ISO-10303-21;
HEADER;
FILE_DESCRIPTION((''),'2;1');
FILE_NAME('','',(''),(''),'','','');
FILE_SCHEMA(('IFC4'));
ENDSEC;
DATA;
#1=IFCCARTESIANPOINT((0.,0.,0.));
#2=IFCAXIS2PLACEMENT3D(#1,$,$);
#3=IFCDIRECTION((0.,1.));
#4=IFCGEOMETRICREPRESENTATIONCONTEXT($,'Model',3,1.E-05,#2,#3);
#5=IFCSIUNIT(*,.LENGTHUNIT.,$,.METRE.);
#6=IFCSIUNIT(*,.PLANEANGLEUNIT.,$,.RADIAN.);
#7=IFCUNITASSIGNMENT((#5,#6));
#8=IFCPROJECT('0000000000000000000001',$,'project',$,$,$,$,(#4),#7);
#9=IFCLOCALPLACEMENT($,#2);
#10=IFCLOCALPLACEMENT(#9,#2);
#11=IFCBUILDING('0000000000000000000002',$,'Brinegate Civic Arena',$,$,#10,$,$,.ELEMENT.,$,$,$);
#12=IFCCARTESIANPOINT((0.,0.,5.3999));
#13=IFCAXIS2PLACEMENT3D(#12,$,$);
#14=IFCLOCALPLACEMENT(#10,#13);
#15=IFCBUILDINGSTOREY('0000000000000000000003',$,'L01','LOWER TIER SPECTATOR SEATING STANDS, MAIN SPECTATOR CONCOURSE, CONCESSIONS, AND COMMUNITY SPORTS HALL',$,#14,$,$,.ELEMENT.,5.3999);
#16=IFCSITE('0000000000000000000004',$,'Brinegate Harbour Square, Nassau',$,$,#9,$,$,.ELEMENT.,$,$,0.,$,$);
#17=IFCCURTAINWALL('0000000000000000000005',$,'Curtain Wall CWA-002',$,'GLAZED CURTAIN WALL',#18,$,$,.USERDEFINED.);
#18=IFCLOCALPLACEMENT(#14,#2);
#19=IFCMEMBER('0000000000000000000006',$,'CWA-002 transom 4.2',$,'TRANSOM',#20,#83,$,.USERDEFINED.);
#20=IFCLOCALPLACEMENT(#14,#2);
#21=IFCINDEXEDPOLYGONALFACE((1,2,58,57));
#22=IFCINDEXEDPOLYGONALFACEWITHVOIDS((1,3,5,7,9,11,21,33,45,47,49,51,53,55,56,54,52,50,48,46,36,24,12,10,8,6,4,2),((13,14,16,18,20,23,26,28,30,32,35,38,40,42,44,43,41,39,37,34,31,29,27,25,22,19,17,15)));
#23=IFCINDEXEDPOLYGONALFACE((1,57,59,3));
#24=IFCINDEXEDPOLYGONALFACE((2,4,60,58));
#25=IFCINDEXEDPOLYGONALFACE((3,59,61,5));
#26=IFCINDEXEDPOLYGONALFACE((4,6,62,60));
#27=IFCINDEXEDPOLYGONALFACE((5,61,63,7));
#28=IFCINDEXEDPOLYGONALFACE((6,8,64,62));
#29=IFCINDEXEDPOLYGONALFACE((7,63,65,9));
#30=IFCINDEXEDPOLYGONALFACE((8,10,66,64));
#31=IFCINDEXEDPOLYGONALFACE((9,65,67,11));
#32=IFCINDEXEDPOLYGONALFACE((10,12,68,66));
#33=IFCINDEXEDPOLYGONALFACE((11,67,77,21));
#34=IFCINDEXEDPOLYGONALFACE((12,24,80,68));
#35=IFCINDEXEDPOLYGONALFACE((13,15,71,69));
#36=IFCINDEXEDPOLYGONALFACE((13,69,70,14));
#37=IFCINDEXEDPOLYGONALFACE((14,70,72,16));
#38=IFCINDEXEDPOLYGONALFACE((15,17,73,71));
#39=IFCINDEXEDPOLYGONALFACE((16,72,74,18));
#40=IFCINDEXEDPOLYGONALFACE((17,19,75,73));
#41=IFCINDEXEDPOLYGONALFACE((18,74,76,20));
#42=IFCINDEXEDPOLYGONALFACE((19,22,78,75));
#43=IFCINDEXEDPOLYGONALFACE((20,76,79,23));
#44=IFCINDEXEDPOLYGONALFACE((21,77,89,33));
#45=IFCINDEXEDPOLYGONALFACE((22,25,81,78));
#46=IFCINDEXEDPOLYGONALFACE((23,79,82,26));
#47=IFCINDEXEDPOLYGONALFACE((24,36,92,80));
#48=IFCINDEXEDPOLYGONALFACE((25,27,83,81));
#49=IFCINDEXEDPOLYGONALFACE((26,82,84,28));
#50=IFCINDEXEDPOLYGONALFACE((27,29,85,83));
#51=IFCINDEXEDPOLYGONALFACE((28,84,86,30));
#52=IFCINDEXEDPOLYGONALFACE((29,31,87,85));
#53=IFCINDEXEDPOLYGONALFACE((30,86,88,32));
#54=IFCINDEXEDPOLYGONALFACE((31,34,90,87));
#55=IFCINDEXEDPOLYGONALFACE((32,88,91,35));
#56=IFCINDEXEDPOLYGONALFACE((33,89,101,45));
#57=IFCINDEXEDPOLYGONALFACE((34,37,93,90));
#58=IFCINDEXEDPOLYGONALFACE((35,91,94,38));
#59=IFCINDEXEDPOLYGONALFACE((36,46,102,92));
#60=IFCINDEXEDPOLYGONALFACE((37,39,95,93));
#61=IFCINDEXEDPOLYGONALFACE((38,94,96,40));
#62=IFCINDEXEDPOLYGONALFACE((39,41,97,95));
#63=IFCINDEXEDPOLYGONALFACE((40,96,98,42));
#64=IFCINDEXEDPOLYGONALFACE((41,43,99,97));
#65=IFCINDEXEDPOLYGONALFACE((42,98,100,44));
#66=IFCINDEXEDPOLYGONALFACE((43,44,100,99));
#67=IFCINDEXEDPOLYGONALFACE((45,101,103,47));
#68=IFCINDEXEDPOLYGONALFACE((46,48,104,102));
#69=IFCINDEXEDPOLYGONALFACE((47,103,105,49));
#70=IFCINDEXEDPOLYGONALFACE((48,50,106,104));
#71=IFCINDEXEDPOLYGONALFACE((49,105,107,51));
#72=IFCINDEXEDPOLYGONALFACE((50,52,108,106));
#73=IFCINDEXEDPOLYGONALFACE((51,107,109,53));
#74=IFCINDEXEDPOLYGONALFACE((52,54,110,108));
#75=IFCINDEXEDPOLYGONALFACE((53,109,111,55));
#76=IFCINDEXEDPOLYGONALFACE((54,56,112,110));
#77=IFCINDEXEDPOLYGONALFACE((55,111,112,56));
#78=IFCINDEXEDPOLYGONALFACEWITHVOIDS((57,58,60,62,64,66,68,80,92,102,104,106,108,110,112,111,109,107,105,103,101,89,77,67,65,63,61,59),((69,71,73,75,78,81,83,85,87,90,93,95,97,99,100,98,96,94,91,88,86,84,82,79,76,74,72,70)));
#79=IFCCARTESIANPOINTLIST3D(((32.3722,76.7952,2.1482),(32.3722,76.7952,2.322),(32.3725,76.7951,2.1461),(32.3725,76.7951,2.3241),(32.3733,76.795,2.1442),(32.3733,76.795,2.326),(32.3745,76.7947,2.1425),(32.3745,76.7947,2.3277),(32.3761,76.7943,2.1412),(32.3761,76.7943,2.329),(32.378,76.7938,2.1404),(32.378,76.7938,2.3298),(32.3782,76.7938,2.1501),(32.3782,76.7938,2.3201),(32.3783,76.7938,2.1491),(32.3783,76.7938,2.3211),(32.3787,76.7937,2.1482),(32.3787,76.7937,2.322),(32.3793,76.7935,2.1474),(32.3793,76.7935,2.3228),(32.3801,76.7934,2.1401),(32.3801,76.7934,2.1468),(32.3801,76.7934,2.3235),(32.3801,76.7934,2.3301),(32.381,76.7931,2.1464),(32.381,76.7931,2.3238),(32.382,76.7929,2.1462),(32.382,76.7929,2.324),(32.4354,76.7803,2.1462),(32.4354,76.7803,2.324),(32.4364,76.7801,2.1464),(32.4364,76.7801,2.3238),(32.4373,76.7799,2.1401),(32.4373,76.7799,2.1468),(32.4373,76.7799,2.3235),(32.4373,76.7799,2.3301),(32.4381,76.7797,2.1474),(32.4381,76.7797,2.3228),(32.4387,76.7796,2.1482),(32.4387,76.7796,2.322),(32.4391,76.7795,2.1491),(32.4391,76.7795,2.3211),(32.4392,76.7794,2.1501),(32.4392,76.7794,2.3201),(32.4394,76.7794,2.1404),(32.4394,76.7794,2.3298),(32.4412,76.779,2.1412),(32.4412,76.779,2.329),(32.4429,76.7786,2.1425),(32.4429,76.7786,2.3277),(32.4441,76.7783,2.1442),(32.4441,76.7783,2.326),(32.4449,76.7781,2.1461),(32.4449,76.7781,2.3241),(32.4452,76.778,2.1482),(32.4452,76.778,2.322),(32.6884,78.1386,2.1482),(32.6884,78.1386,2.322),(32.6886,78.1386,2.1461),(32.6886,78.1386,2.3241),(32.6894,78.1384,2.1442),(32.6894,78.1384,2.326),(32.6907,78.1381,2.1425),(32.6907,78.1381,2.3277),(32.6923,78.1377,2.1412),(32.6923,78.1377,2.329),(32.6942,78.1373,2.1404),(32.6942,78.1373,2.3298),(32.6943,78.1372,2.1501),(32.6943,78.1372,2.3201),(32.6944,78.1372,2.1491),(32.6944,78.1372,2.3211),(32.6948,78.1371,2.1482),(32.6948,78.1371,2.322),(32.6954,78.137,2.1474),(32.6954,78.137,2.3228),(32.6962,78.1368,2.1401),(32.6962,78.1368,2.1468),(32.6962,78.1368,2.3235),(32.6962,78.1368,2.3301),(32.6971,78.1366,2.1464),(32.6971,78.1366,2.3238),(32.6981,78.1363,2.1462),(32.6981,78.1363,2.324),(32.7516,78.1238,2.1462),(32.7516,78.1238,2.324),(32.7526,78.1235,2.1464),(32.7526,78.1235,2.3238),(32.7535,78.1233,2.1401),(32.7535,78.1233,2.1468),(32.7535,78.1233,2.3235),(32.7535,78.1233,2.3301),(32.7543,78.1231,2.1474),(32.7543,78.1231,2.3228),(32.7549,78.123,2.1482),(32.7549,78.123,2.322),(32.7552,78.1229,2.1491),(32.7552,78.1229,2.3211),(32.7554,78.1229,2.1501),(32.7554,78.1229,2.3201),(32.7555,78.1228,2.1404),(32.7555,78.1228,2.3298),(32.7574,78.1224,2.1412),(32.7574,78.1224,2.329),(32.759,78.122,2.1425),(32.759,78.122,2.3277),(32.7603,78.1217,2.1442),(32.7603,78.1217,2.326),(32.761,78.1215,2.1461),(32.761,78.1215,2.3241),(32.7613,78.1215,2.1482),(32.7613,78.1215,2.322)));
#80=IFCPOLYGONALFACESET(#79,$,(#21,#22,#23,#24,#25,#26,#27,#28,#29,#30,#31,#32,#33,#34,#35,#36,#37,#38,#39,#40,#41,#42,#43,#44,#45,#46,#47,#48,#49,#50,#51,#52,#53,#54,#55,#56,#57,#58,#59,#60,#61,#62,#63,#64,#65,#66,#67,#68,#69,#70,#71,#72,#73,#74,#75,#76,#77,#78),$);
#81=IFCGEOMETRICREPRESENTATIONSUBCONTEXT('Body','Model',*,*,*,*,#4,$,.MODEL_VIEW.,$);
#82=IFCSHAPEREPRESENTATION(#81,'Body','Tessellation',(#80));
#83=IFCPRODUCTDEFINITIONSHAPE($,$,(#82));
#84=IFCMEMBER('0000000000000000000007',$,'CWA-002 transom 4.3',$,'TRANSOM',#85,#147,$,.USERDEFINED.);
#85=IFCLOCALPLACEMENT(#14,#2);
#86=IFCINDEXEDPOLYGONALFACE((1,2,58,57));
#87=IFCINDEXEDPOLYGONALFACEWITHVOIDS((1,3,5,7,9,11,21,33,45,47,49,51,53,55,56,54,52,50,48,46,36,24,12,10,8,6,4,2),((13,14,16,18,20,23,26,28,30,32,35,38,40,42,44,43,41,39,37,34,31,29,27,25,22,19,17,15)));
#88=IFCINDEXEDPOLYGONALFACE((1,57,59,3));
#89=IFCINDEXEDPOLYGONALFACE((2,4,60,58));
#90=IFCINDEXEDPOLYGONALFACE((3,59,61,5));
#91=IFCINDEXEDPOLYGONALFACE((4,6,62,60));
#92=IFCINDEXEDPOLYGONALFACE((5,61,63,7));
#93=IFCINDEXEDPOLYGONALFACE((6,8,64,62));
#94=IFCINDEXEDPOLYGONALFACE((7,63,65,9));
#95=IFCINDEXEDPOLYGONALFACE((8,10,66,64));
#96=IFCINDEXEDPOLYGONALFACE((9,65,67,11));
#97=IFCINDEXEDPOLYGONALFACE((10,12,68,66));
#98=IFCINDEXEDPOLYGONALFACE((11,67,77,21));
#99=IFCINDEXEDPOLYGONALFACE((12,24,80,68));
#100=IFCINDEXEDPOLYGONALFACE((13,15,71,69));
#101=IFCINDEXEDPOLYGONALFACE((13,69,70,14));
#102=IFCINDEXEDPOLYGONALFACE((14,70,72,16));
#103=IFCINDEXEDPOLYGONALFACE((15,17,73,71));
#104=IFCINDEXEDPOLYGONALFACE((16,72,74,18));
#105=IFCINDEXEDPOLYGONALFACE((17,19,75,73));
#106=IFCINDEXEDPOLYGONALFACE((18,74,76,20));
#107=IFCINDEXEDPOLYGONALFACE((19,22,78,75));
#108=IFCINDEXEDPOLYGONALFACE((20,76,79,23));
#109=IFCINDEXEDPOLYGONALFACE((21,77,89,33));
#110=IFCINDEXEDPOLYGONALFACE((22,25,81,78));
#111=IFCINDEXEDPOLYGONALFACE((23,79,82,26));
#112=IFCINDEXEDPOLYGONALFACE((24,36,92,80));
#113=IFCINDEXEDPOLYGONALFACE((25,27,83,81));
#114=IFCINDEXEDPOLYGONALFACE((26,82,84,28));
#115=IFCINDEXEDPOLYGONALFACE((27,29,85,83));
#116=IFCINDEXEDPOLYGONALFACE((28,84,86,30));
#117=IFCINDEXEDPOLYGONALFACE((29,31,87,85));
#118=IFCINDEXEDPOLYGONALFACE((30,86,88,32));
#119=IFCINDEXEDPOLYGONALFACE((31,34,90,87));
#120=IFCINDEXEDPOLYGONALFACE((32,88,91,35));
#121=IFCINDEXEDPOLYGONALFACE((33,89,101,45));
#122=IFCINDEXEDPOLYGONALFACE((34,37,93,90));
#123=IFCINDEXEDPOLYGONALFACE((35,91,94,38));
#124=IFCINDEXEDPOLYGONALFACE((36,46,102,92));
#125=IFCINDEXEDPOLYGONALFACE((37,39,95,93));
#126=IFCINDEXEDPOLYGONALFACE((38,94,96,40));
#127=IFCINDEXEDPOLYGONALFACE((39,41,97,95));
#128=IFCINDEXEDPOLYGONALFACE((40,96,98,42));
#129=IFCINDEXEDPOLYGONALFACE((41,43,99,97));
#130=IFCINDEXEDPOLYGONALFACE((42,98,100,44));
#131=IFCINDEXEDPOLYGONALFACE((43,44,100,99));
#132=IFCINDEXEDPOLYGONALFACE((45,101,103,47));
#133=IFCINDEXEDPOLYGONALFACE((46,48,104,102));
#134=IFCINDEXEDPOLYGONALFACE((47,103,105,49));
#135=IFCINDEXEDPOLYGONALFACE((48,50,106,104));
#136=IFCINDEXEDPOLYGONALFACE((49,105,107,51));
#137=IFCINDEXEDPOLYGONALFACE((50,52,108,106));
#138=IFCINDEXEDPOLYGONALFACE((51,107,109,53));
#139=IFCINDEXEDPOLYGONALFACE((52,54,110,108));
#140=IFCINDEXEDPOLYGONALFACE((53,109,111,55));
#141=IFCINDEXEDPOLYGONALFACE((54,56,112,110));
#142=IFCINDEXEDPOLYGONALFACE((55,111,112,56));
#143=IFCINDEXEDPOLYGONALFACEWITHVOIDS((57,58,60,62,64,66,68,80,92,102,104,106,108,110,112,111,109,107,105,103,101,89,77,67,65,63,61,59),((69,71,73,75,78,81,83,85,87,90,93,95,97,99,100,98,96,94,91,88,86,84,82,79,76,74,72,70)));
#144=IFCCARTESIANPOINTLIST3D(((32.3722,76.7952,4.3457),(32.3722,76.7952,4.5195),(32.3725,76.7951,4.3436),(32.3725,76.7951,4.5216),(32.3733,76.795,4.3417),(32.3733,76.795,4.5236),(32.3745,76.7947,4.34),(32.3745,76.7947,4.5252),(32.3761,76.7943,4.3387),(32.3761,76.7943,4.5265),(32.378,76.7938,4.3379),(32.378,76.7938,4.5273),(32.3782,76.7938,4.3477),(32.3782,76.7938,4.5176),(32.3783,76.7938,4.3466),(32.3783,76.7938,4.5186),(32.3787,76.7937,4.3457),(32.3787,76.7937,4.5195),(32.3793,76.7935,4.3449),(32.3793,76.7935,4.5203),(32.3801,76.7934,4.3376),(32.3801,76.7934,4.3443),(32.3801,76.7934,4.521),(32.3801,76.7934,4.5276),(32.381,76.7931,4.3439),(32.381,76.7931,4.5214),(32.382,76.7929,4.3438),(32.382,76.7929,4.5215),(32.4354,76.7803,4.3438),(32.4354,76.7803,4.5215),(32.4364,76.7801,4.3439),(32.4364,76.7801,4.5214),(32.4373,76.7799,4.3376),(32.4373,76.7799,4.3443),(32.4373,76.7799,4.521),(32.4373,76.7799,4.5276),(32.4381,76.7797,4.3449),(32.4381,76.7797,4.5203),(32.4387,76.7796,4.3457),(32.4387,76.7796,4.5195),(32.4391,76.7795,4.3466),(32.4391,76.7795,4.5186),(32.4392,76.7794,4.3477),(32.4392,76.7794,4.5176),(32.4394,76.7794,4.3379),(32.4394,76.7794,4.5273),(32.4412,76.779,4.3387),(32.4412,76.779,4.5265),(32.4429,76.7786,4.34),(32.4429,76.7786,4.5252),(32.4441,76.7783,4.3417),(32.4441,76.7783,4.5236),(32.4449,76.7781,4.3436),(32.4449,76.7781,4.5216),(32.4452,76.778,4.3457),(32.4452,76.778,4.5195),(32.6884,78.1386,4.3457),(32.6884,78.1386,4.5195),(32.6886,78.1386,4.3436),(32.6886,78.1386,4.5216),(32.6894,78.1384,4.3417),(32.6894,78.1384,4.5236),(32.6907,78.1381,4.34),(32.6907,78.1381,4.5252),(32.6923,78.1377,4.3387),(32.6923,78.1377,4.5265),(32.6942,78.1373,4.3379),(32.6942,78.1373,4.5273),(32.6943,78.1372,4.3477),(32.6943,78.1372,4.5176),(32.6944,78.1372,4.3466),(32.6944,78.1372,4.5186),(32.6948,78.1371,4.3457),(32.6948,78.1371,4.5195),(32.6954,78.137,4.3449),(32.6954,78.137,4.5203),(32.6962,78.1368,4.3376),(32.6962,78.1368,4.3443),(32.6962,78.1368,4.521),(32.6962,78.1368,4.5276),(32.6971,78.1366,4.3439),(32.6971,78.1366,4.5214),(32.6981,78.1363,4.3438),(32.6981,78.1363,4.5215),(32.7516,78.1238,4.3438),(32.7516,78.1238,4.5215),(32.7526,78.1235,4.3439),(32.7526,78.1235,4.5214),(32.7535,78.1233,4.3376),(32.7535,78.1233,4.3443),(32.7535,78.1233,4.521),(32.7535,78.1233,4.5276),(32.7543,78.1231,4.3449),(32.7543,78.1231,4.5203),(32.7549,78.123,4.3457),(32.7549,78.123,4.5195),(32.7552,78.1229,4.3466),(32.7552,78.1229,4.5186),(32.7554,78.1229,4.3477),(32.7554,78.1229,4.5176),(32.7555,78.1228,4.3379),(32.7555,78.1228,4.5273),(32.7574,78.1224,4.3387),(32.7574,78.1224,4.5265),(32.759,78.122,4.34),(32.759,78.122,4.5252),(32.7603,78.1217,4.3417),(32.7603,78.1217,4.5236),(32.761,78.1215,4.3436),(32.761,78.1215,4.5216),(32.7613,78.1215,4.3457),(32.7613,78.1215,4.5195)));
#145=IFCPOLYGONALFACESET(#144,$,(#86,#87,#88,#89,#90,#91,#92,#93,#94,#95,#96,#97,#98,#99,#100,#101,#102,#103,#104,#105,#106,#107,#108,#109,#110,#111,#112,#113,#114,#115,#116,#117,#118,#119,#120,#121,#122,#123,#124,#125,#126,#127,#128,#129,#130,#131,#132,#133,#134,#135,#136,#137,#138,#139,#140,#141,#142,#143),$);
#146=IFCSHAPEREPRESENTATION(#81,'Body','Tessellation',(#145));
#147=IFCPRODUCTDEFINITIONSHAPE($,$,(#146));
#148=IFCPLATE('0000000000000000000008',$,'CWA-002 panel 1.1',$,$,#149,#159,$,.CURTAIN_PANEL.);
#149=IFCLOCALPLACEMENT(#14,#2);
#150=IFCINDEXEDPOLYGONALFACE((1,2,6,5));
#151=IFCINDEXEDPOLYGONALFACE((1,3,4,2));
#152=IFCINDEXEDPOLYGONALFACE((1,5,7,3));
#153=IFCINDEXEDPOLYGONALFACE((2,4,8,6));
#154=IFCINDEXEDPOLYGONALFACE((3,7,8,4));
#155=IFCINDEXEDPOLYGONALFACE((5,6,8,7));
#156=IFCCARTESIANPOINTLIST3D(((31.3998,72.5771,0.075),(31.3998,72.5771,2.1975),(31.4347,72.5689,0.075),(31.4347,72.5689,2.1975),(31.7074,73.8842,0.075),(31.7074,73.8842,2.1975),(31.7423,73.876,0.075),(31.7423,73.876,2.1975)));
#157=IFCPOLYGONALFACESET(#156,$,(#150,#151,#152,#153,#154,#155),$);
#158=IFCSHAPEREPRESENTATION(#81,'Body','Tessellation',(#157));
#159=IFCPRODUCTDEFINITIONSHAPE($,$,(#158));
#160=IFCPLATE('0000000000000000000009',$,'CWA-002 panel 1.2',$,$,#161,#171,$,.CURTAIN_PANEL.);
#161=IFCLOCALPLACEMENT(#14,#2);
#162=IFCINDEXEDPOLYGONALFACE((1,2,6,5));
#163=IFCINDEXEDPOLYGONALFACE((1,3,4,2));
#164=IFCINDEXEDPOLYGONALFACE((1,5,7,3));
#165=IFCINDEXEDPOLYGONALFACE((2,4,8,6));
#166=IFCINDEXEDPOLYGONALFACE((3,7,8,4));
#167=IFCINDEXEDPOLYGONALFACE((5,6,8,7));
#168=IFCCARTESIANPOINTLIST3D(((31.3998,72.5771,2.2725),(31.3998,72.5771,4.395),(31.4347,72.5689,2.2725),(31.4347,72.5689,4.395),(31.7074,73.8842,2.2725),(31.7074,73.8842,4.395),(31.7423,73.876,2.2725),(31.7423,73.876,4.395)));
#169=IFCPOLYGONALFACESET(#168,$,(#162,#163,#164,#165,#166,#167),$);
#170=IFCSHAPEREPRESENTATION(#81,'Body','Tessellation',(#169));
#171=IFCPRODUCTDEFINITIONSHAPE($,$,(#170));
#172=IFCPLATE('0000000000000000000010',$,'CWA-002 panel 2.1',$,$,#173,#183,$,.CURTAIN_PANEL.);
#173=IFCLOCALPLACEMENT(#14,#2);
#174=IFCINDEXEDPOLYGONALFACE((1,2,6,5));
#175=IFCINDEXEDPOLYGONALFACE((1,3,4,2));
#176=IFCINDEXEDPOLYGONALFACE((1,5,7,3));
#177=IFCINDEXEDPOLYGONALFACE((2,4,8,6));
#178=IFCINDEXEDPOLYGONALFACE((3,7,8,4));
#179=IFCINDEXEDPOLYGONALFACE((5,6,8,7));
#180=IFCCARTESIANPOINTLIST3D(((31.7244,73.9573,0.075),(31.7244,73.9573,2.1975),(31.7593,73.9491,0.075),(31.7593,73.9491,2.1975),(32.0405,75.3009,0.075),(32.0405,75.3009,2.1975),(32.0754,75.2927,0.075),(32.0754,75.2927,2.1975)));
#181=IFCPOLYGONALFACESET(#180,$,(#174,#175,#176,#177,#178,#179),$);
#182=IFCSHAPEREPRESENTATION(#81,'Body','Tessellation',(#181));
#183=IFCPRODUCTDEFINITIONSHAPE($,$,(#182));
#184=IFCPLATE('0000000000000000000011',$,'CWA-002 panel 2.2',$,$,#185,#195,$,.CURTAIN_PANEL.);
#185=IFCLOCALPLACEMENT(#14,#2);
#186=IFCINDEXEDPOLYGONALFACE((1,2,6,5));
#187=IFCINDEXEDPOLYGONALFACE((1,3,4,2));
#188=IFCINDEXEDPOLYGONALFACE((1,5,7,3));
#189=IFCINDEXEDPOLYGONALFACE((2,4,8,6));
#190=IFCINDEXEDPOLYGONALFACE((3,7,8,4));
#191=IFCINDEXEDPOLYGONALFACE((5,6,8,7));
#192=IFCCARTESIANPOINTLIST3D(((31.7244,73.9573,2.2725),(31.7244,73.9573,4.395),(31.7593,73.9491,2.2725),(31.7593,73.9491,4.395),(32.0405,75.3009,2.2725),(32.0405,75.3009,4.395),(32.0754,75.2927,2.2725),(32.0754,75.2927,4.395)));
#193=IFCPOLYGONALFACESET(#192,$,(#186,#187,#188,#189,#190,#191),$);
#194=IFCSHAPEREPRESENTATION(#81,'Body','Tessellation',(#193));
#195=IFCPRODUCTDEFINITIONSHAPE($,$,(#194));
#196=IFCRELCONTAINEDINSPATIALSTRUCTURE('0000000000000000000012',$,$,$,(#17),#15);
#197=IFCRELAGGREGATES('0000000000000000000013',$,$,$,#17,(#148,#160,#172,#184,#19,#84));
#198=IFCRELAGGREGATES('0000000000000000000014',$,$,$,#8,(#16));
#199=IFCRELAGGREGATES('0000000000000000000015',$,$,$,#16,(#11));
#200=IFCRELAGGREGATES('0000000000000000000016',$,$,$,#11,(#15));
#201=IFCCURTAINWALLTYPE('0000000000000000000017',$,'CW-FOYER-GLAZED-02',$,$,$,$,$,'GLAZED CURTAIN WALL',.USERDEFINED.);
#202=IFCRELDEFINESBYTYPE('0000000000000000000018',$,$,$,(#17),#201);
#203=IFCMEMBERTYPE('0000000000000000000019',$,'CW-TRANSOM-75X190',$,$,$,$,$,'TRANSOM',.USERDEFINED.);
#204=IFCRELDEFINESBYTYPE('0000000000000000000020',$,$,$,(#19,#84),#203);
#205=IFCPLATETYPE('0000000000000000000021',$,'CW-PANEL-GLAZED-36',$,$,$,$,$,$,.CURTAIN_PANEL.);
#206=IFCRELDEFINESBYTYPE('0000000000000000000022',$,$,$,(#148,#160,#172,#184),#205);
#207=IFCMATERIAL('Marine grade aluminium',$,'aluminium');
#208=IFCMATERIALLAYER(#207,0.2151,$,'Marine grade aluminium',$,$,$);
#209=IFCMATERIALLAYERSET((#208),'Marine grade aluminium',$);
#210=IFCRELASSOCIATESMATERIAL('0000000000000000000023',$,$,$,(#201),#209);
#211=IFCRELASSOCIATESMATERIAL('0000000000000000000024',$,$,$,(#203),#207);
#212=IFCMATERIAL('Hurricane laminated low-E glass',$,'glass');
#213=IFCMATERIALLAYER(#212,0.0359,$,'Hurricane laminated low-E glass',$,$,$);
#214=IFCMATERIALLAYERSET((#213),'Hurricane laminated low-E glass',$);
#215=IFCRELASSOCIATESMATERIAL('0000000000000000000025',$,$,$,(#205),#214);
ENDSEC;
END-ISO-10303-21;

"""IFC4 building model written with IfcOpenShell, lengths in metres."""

from ifc_helpers import new_model, si_unit, direction, frame, origin, origin_2d, place, context, subcontext, project, spatial, rectangle, hollow_rectangle, extrude, material, layer, layer_set, material_profile, profile_set, type_object, element, aggregate, save


model = new_model("IFC4")

# Units and contexts
model_context = context("Model", 3, precision=1e-05, world=origin(), true_north=direction((0.0, 1.0)))
body_context = subcontext(model_context, "Body", "Model", "MODEL_VIEW")
ifc_project = project(units=[si_unit("LENGTHUNIT", "METRE"), si_unit("PLANEANGLEUNIT", "RADIAN")], contexts=[model_context])

# Site, building, storey
site_placement = place(None, origin())
site = spatial("IfcSite", under=ifc_project, at=site_placement, Name="Brinegate Harbour Square, Nassau", CompositionType="ELEMENT", RefElevation=0.0)
building_placement = place(site_placement, origin())
building = spatial("IfcBuilding", under=site, at=building_placement, Name="Brinegate Civic Arena", CompositionType="ELEMENT")
storey_placement = place(building_placement, frame((0.0, 0.0, 5.3999)))
storey = spatial("IfcBuildingStorey", under=building, at=storey_placement, Name="L01", Description="LOWER TIER SPECTATOR SEATING STANDS, MAIN SPECTATOR CONCOURSE, CONCESSIONS, AND COMMUNITY SPORTS HALL", CompositionType="ELEMENT", Elevation=5.3999)

# Curtain wall, members, plates
ifc_material_1 = material(Name="Marine grade aluminium", Category="aluminium")
ifc_layer_1 = layer(ifc_material_1, 0.2151, Name="Marine grade aluminium")
ifc_layer_set_1 = layer_set([ifc_layer_1], Name="Marine grade aluminium")
curtain_wall_type = type_object("IfcCurtainWallType", Name="CW-FOYER-GLAZED-02", ElementType="GLAZED CURTAIN WALL", PredefinedType="USERDEFINED", material=ifc_layer_set_1)
curtain_wall_placement = place(storey_placement, origin())
curtain_wall = element("IfcCurtainWall", 1, at=curtain_wall_placement, inside=storey, type_object=curtain_wall_type, Name="Curtain Wall CWA-002", ObjectType="GLAZED CURTAIN WALL", PredefinedType="USERDEFINED")
ifc_material_profile_1 = material_profile(ifc_material_1, hollow_rectangle(XDim=0.075, YDim=0.1899, WallThickness=0.0061, InnerFilletRadius=0.0039, OuterFilletRadius=0.0081, at=origin_2d()), Name="TRN75X190")
ifc_profile_set_1 = profile_set([ifc_material_profile_1], Name="Marine grade aluminium")
member_type_1 = type_object("IfcMemberType", Name="CW-TRANSOM-75X190", ElementType="TRANSOM", PredefinedType="USERDEFINED", material=ifc_profile_set_1)
member_1_placement = place(storey_placement, frame((32.4087, 76.7866, 2.2351), z_axis=(0.229069, 0.97341, 0.0), x_axis=(-0.97341, 0.229069, 0.0)))
member_1 = element("IfcMember", 2, at=member_1_placement, type_object=member_type_1, Name="CWA-002 transom 4.2", ObjectType="TRANSOM", PredefinedType="USERDEFINED", context=body_context, shape_type="SweptSolid", body=[
    extrude(hollow_rectangle(XDim=0.075, YDim=0.1899, WallThickness=0.0061, InnerFilletRadius=0.0039, OuterFilletRadius=0.0081, at=origin_2d()), origin(), (0.0, 0.0, 1.0), 1.3801),
])
member_2_placement = place(storey_placement, frame((32.4087, 76.7866, 4.4326), z_axis=(0.229069, 0.97341, 0.0), x_axis=(-0.97341, 0.229069, 0.0)))
member_2 = element("IfcMember", 3, at=member_2_placement, type_object=member_type_1, Name="CWA-002 transom 4.3", ObjectType="TRANSOM", PredefinedType="USERDEFINED", context=body_context, shape_type="SweptSolid", body=[
    extrude(hollow_rectangle(XDim=0.075, YDim=0.1899, WallThickness=0.0061, InnerFilletRadius=0.0039, OuterFilletRadius=0.0081, at=origin_2d()), origin(), (0.0, 0.0, 1.0), 1.3801),
])
ifc_material_2 = material(Name="Hurricane laminated low-E glass", Category="glass")
ifc_layer_2 = layer(ifc_material_2, 0.0359, Name="Hurricane laminated low-E glass")
ifc_layer_set_2 = layer_set([ifc_layer_2], Name="Hurricane laminated low-E glass")
plate_type = type_object("IfcPlateType", Name="CW-PANEL-GLAZED-36", PredefinedType="CURTAIN_PANEL", material=ifc_layer_set_2)
plate_1_placement = place(storey_placement, frame((31.571, 73.2266, 0.075), z_axis=(0.0, 0.0, 1.0), x_axis=(0.229039, 0.973417, 0.0)))
plate_1 = element("IfcPlate", 4, at=plate_1_placement, type_object=plate_type, Name="CWA-002 panel 1.1", PredefinedType="CURTAIN_PANEL", context=body_context, shape_type="SweptSolid", body=[
    extrude(rectangle(XDim=1.3428, YDim=0.0359, at=origin_2d()), origin(), (0.0, 0.0, 1.0), 2.1226),
])
plate_2_placement = place(storey_placement, frame((31.571, 73.2266, 2.2725), z_axis=(0.0, 0.0, 1.0), x_axis=(0.229039, 0.973417, 0.0)))
plate_2 = element("IfcPlate", 5, at=plate_2_placement, type_object=plate_type, Name="CWA-002 panel 1.2", PredefinedType="CURTAIN_PANEL", context=body_context, shape_type="SweptSolid", body=[
    extrude(rectangle(XDim=1.3428, YDim=0.0359, at=origin_2d()), origin(), (0.0, 0.0, 1.0), 2.1226),
])
plate_3_placement = place(storey_placement, frame((31.8999, 74.625, 0.075), z_axis=(0.0, 0.0, 1.0), x_axis=(0.229039, 0.973417, 0.0)))
plate_3 = element("IfcPlate", 6, at=plate_3_placement, type_object=plate_type, Name="CWA-002 panel 2.1", PredefinedType="CURTAIN_PANEL", context=body_context, shape_type="SweptSolid", body=[
    extrude(rectangle(XDim=1.3804, YDim=0.0359, at=origin_2d()), origin(), (0.0, 0.0, 1.0), 2.1226),
])
plate_4_placement = place(storey_placement, frame((31.8999, 74.625, 2.2725), z_axis=(0.0, 0.0, 1.0), x_axis=(0.229039, 0.973417, 0.0)))
plate_4 = element("IfcPlate", 7, at=plate_4_placement, type_object=plate_type, Name="CWA-002 panel 2.2", PredefinedType="CURTAIN_PANEL", context=body_context, shape_type="SweptSolid", body=[
    extrude(rectangle(XDim=1.3804, YDim=0.0359, at=origin_2d()), origin(), (0.0, 0.0, 1.0), 2.1226),
])
aggregate(curtain_wall, [plate_1, plate_2, plate_3, plate_4, member_1, member_2])

save(model, "model.ifc")
